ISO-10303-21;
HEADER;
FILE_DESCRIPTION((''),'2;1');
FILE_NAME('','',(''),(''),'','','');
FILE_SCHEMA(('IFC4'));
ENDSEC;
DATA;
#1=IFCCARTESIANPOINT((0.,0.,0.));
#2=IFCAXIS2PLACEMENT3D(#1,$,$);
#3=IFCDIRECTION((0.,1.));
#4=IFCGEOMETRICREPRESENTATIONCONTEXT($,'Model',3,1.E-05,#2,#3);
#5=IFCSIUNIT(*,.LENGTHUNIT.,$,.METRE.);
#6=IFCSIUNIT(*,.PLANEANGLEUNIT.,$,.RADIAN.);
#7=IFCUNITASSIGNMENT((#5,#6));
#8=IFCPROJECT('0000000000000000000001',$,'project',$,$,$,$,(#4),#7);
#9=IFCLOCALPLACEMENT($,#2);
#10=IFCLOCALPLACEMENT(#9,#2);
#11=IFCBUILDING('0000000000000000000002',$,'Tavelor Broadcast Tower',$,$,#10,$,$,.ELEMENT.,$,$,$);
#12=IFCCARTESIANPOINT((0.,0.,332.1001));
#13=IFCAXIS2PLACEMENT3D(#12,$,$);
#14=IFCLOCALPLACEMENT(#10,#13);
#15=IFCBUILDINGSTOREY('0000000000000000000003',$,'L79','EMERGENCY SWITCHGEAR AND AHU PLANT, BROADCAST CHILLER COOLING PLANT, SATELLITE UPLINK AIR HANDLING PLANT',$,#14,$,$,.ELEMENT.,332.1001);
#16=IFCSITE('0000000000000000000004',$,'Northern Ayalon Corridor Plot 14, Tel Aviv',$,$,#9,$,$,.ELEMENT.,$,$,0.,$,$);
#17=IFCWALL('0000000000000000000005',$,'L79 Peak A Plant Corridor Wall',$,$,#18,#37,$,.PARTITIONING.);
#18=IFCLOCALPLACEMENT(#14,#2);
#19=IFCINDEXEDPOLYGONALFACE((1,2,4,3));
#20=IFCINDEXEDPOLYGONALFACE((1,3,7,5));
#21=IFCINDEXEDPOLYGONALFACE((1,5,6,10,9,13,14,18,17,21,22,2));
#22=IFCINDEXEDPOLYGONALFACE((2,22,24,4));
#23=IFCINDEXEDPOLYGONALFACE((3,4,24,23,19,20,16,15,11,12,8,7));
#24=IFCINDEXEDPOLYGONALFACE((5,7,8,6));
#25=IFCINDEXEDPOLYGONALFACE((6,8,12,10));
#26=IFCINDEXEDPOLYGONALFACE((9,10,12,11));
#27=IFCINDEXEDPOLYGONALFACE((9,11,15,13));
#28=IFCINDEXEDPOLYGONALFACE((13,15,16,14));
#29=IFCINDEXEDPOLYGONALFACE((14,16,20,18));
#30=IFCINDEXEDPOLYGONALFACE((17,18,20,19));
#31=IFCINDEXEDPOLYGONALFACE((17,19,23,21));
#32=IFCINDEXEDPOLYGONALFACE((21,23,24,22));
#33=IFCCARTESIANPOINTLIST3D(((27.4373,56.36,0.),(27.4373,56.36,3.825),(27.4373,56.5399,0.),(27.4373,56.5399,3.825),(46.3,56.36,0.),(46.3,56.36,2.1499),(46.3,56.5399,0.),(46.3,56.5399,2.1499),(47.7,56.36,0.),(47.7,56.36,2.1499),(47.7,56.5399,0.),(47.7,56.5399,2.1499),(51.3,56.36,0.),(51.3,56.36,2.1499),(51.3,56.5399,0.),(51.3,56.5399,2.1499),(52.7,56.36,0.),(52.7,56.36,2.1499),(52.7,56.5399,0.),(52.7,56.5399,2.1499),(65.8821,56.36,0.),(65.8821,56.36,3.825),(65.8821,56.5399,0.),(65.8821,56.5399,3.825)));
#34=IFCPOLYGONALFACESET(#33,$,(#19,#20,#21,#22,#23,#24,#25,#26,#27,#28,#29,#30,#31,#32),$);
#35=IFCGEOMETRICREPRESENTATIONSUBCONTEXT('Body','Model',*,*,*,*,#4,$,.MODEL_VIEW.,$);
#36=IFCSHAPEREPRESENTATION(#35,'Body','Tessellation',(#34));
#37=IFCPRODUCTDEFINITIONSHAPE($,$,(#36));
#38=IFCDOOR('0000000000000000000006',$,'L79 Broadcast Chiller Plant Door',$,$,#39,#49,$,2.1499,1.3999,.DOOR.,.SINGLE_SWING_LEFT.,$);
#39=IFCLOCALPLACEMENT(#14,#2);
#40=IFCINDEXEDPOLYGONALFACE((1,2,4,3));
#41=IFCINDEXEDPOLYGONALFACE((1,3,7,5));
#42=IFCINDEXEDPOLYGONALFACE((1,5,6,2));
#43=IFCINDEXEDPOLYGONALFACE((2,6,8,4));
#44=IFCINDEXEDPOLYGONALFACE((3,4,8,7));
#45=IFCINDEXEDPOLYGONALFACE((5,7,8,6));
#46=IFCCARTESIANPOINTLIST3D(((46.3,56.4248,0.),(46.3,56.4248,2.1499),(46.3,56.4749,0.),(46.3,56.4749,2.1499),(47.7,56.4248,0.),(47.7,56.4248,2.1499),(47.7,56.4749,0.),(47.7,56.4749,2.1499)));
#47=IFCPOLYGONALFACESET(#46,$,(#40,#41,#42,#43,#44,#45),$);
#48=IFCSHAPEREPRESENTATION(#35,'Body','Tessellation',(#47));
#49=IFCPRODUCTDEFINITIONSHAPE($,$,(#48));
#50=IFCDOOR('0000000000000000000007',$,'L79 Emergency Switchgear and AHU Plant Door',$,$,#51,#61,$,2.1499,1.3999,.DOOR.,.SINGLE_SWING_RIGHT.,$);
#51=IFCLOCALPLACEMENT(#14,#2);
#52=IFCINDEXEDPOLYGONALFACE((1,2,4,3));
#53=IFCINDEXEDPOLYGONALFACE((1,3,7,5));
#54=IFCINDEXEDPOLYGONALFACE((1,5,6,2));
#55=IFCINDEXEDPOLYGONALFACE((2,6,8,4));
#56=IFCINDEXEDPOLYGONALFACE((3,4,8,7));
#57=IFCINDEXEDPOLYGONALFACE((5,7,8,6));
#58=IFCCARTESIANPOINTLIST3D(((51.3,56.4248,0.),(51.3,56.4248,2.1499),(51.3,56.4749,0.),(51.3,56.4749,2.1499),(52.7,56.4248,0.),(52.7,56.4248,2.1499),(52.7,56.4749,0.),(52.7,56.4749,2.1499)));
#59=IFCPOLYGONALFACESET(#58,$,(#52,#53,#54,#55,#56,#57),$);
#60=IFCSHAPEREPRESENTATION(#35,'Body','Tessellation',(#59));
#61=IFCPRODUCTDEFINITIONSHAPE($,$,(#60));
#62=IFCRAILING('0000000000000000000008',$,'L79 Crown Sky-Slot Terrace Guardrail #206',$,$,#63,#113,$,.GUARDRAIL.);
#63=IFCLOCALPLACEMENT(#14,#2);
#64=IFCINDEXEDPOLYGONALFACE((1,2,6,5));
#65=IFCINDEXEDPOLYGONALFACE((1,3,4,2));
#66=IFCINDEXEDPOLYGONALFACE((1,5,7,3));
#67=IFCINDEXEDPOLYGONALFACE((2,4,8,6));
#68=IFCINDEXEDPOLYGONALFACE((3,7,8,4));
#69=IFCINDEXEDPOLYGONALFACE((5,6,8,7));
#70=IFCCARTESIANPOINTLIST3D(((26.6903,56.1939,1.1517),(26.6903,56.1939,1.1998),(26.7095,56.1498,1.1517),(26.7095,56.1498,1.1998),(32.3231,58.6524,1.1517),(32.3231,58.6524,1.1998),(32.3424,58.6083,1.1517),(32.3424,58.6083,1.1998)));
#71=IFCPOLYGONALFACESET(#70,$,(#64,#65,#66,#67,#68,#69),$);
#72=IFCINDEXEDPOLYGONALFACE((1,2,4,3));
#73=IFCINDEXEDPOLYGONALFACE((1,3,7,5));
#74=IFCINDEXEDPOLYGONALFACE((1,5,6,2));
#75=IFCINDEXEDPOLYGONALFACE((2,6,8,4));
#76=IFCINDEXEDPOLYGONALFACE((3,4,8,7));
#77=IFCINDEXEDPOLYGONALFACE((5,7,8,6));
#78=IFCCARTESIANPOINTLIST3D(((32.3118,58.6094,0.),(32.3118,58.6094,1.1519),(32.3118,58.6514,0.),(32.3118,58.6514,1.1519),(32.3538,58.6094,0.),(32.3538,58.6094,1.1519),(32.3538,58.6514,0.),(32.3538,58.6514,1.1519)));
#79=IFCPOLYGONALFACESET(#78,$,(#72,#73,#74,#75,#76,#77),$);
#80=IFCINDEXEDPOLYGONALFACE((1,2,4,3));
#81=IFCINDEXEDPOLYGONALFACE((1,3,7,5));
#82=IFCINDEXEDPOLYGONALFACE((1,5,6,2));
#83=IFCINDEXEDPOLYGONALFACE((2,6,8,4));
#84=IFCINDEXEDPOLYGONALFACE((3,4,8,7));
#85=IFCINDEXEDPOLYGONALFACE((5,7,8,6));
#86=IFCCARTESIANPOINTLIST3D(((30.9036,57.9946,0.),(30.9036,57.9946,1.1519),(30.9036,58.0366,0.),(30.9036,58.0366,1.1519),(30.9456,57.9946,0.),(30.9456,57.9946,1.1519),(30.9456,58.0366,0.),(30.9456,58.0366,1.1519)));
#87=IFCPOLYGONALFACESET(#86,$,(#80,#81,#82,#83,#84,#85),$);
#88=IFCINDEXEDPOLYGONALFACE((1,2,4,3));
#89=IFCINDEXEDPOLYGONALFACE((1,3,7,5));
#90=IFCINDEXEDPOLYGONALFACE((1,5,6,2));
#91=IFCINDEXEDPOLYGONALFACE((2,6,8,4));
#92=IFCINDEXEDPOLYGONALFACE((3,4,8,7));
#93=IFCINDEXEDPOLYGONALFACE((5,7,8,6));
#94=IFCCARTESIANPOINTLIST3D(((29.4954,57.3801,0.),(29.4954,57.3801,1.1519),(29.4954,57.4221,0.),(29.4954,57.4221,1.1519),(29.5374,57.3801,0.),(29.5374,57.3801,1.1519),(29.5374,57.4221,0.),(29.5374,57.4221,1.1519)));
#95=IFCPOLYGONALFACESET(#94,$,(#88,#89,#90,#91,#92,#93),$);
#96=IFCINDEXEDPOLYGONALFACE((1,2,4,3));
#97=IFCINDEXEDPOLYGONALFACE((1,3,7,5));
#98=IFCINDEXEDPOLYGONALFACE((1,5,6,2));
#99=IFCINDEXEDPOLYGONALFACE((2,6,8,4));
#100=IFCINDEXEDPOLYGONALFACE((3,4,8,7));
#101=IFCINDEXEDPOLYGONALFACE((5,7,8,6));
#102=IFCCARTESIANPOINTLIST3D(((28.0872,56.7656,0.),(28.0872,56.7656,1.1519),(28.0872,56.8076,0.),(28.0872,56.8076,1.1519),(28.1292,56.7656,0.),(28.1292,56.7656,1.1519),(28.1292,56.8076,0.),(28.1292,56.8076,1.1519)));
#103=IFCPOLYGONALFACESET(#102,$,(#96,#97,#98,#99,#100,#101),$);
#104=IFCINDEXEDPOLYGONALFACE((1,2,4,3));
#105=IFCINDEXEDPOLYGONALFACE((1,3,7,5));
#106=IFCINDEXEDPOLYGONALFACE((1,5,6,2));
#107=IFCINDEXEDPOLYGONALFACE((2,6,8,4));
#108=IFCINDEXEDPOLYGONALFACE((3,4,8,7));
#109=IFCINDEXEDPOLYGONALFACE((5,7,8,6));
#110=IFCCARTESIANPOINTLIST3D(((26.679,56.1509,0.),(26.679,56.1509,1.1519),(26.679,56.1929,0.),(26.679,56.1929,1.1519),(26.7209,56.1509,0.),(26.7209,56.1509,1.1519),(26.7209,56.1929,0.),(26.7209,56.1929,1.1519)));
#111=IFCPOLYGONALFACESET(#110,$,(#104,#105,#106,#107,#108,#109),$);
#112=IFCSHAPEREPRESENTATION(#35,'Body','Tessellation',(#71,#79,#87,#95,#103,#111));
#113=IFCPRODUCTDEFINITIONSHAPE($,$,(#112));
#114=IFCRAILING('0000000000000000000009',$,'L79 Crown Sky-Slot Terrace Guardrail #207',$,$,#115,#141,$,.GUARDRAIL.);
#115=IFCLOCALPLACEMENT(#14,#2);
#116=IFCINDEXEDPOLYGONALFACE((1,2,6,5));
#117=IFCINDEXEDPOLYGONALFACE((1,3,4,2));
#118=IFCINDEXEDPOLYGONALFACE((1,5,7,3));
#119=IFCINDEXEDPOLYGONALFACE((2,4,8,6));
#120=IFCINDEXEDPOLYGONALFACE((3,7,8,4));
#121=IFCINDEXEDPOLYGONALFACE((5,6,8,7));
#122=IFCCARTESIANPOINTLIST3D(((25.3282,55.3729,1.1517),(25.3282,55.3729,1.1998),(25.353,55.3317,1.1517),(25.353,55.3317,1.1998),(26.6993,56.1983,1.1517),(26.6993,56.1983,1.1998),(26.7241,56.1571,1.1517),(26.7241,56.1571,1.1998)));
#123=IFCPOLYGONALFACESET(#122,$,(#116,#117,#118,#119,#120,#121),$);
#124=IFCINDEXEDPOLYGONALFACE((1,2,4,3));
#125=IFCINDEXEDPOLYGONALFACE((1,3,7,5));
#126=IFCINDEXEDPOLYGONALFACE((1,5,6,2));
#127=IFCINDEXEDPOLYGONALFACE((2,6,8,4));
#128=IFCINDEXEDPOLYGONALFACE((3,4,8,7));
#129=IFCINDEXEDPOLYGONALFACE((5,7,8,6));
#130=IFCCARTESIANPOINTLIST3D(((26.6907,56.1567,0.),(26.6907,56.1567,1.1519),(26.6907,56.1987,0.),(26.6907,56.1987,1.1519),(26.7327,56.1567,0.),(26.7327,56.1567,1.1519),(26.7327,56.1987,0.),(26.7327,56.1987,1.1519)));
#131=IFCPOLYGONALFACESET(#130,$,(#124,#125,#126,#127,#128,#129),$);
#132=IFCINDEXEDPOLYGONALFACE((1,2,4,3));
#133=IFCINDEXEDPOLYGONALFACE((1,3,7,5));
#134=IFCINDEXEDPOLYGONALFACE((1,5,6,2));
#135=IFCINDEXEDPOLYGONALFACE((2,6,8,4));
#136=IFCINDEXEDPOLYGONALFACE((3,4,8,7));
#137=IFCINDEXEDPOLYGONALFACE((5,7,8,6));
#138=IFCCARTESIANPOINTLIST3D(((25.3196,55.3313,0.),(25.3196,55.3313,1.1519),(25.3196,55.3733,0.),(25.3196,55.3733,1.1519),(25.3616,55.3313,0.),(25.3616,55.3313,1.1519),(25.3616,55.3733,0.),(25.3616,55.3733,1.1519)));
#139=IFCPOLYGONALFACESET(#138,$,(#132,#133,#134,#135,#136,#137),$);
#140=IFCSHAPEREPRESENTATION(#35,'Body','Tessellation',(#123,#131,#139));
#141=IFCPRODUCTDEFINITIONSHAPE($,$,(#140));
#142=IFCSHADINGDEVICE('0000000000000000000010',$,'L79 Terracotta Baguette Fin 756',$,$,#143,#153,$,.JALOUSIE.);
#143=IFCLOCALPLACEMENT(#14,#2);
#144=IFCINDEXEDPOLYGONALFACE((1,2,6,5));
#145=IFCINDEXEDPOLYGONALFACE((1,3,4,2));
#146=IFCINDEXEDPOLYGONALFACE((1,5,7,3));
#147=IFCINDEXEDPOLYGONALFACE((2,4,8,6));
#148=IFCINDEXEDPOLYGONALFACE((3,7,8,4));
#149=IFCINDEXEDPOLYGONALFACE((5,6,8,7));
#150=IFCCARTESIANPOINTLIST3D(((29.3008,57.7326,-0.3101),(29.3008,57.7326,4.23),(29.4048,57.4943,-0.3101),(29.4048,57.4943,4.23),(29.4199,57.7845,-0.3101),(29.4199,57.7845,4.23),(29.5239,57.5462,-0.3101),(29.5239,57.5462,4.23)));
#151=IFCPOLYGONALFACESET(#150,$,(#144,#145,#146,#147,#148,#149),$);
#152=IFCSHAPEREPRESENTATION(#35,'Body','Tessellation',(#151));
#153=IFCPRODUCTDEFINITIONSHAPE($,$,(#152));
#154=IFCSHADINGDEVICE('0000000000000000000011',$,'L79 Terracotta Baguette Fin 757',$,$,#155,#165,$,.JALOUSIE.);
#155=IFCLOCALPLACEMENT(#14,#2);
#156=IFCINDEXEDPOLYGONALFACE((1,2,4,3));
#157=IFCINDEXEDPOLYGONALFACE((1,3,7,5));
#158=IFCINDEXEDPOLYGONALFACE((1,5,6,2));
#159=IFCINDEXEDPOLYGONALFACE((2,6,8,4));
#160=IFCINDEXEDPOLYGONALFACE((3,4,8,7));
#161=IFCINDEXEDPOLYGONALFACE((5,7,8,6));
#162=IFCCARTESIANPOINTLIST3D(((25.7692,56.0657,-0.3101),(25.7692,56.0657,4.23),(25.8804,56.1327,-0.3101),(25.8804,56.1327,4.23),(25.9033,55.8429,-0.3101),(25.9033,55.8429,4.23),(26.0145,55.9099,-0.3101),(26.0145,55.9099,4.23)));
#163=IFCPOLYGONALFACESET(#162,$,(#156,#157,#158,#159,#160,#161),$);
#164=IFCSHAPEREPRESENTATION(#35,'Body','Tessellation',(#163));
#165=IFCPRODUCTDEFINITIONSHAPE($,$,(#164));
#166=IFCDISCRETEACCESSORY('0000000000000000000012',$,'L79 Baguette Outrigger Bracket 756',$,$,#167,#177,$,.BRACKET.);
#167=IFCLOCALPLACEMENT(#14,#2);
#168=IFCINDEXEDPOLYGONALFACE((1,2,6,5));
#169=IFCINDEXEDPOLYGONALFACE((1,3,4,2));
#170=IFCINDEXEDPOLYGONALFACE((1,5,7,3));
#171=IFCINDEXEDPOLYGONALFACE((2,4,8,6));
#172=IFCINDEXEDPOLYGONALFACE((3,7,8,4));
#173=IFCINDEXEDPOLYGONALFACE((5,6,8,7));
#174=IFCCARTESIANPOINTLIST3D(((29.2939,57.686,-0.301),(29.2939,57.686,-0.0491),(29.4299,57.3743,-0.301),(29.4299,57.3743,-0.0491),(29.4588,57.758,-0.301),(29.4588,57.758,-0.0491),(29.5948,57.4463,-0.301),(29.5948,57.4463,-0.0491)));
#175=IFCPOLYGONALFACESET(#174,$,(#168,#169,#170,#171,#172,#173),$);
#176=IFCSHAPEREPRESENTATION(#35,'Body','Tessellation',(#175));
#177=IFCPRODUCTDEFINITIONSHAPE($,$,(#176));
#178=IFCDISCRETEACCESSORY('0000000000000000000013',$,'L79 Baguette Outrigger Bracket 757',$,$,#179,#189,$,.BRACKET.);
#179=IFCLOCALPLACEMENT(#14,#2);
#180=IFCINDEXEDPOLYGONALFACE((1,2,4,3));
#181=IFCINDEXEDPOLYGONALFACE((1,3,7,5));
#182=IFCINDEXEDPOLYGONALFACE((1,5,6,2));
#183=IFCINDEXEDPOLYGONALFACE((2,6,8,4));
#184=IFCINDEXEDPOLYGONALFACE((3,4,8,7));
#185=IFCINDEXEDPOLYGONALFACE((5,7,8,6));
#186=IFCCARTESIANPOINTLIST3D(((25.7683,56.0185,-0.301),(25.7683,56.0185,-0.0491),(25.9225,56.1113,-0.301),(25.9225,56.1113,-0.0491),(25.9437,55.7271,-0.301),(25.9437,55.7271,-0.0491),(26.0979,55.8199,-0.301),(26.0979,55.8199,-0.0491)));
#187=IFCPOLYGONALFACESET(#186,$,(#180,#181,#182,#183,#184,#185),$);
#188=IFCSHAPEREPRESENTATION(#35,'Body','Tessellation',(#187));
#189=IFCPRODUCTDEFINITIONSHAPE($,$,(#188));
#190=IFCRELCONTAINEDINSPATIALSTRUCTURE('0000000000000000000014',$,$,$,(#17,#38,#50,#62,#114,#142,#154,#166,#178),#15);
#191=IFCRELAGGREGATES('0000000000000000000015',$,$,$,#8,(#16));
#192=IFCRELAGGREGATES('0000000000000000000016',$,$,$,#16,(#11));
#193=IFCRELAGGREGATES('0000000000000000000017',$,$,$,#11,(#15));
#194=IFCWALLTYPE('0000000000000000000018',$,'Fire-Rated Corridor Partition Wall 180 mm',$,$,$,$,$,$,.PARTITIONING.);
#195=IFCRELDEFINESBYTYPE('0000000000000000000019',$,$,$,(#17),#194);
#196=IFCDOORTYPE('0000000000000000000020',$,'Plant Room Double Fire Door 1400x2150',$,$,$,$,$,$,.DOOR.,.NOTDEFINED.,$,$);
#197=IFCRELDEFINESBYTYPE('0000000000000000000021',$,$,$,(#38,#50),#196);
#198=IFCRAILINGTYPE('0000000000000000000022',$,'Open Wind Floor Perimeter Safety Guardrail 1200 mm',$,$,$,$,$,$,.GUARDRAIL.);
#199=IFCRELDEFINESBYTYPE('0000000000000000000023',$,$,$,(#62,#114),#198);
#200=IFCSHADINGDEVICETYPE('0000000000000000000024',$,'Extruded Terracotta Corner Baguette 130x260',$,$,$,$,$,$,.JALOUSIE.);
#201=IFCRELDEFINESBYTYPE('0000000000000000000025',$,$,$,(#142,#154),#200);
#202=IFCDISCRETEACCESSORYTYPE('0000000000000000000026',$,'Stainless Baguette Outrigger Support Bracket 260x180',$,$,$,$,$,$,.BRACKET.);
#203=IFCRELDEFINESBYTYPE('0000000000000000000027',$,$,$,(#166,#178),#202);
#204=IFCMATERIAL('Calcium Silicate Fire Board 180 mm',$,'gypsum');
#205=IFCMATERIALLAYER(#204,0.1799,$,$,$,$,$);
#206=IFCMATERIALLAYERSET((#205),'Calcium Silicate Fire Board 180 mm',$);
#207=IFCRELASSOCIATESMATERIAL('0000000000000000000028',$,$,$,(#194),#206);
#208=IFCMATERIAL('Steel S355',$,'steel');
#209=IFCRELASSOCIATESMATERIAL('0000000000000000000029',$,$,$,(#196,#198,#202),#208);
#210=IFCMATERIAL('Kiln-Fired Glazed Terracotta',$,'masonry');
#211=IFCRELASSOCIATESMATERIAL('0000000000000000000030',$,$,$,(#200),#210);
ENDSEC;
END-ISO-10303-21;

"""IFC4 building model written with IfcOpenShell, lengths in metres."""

from ifc_helpers import new_model, si_unit, direction, frame, frame_2d, origin, origin_2d, place, context, subcontext, project, spatial, rectangle, extrude, source, transform, mapped, material, layer, layer_set, type_object, type_shapes, element, fill, save


model = new_model("IFC4")

# Units and contexts
model_context = context("Model", 3, precision=1e-05, world=origin(), true_north=direction((0.0, 1.0)))
body_context = subcontext(model_context, "Body", "Model", "MODEL_VIEW")
ifc_project = project(units=[si_unit("LENGTHUNIT", "METRE"), si_unit("PLANEANGLEUNIT", "RADIAN")], contexts=[model_context])

# Site, building, storey
site_placement = place(None, origin())
site = spatial("IfcSite", under=ifc_project, at=site_placement, Name="Northern Ayalon Corridor Plot 14, Tel Aviv", CompositionType="ELEMENT", RefElevation=0.0)
building_placement = place(site_placement, origin())
building = spatial("IfcBuilding", under=site, at=building_placement, Name="Tavelor Broadcast Tower", CompositionType="ELEMENT")
storey_placement = place(building_placement, frame((0.0, 0.0, 332.1001)))
storey = spatial("IfcBuildingStorey", under=building, at=storey_placement, Name="L79", Description="EMERGENCY SWITCHGEAR AND AHU PLANT, BROADCAST CHILLER COOLING PLANT, SATELLITE UPLINK AIR HANDLING PLANT", CompositionType="ELEMENT", Elevation=332.1001)

# Wall, openings, doors
ifc_material_1 = material(Name="Calcium Silicate Fire Board 180 mm", Category="gypsum")
ifc_layer_1 = layer(ifc_material_1, 0.1799)
ifc_layer_set_1 = layer_set([ifc_layer_1], Name="Calcium Silicate Fire Board 180 mm")
wall_type = type_object("IfcWallType", Name="Fire-Rated Corridor Partition Wall 180 mm", PredefinedType="PARTITIONING", material=ifc_layer_set_1)
wall_placement = place(storey_placement, frame((27.4373, 56.45, 0.0), z_axis=(0.0, 0.0, 1.0), x_axis=(1.0, 0.0, 0.0)))
wall = element("IfcWall", 1, at=wall_placement, inside=storey, type_object=wall_type, Name="L79 Peak A Plant Corridor Wall", PredefinedType="PARTITIONING", context=body_context, shape_type="SweptSolid", body=[
    extrude(rectangle(XDim=38.4448, YDim=0.1799, at=frame_2d((19.2224, 0.0))), origin(), (0.0, 0.0, 1.0), 3.825),
])
opening_1_placement = place(wall_placement, frame((18.8628, 0.0, 0.0)))
opening_1 = element("IfcOpeningElement", 2, at=opening_1_placement, cuts=wall, PredefinedType="OPENING", context=body_context, shape_type="SweptSolid", body=[
    extrude(rectangle(XDim=1.3999, YDim=2.1499, at=frame_2d((0.7, 1.075))), frame((0.0, 0.1001, 0.0), z_axis=(0.0, -1.0, 0.0), x_axis=(1.0, 0.0, 0.0)), (0.0, 0.0, 1.0), 0.2),
])
opening_2_placement = place(wall_placement, frame((23.8628, 0.0, 0.0)))
opening_2 = element("IfcOpeningElement", 3, at=opening_2_placement, cuts=wall, PredefinedType="OPENING", context=body_context, shape_type="SweptSolid", body=[
    extrude(rectangle(XDim=1.3999, YDim=2.1499, at=frame_2d((0.7, 1.075))), frame((0.0, 0.1001, 0.0), z_axis=(0.0, -1.0, 0.0), x_axis=(1.0, 0.0, 0.0)), (0.0, 0.0, 1.0), 0.2),
])
ifc_material_2 = material(Name="Steel S355", Category="steel")
door_type = type_object("IfcDoorType", Name="Plant Room Double Fire Door 1400x2150", OperationType="NOTDEFINED", PredefinedType="DOOR", material=ifc_material_2)
door_1_placement = place(opening_1_placement, origin())
door_1 = element("IfcDoor", 4, at=door_1_placement, inside=storey, type_object=door_type, Name="L79 Broadcast Chiller Plant Door", OperationType="SINGLE_SWING_LEFT", OverallHeight=2.1499, OverallWidth=1.3999, PredefinedType="DOOR", context=body_context, shape_type="SweptSolid", body=[
    extrude(rectangle(XDim=1.3999, YDim=2.1499, at=frame_2d((0.7, 1.075))), frame((0.0, 0.0249, 0.0), z_axis=(0.0, -1.0, 0.0), x_axis=(1.0, 0.0, 0.0)), (0.0, 0.0, 1.0), 0.05),
])
fill(opening_1, door_1)
door_2_placement = place(opening_2_placement, origin())
door_2 = element("IfcDoor", 5, at=door_2_placement, inside=storey, type_object=door_type, Name="L79 Emergency Switchgear and AHU Plant Door", OperationType="SINGLE_SWING_RIGHT", OverallHeight=2.1499, OverallWidth=1.3999, PredefinedType="DOOR", context=body_context, shape_type="SweptSolid", body=[
    extrude(rectangle(XDim=1.3999, YDim=2.1499, at=frame_2d((0.7, 1.075))), frame((0.0, 0.0249, 0.0), z_axis=(0.0, -1.0, 0.0), x_axis=(1.0, 0.0, 0.0)), (0.0, 0.0, 1.0), 0.05),
])
fill(opening_2, door_2)

# Railings
railing_type = type_object("IfcRailingType", Name="Open Wind Floor Perimeter Safety Guardrail 1200 mm", PredefinedType="GUARDRAIL", material=ifc_material_2)
railing_1_placement = place(storey_placement, frame((32.3328, 58.6304, 0.0)))
element("IfcRailing", 6, at=railing_1_placement, inside=storey, type_object=railing_type, Name="L79 Crown Sky-Slot Terrace Guardrail #206", PredefinedType="GUARDRAIL", context=body_context, shape_type="SweptSolid", body=[
    extrude(rectangle(XDim=0.0481, YDim=0.0481, at=origin_2d()), frame((0.0, 0.0, 1.1758), z_axis=(-0.916507, -0.400018, 0.0), x_axis=(0.400018, -0.916507, 0.0)), (0.0, 0.0, 1.0), 6.146),
    extrude(rectangle(XDim=0.042, YDim=0.042, at=origin_2d()), origin(), (0.0, 0.0, 1.0), 1.1519),
    extrude(rectangle(XDim=0.042, YDim=0.042, at=origin_2d()), frame((-1.4082, -0.6147, 0.0)), (0.0, 0.0, 1.0), 1.1519),
    extrude(rectangle(XDim=0.042, YDim=0.042, at=origin_2d()), frame((-2.8164, -1.2292, 0.0)), (0.0, 0.0, 1.0), 1.1519),
    extrude(rectangle(XDim=0.042, YDim=0.042, at=origin_2d()), frame((-4.2246, -1.8438, 0.0)), (0.0, 0.0, 1.0), 1.1519),
    extrude(rectangle(XDim=0.042, YDim=0.042, at=origin_2d()), frame((-5.6328, -2.4585, 0.0)), (0.0, 0.0, 1.0), 1.1519),
])
railing_2_placement = place(storey_placement, frame((26.7117, 56.1777, 0.0)))
element("IfcRailing", 7, at=railing_2_placement, inside=storey, type_object=railing_type, Name="L79 Crown Sky-Slot Terrace Guardrail #207", PredefinedType="GUARDRAIL", context=body_context, shape_type="SweptSolid", body=[
    extrude(rectangle(XDim=0.0481, YDim=0.0481, at=origin_2d()), frame((0.0, 0.0, 1.1758), z_axis=(-0.856725, -0.515774, 0.0), x_axis=(0.515774, -0.856725, 0.0)), (0.0, 0.0, 1.0), 1.6003),
    extrude(rectangle(XDim=0.042, YDim=0.042, at=origin_2d()), origin(), (0.0, 0.0, 1.0), 1.1519),
    extrude(rectangle(XDim=0.042, YDim=0.042, at=origin_2d()), frame((-1.3711, -0.8254, 0.0)), (0.0, 0.0, 1.0), 1.1519),
])

# Shading devices
ifc_material_3 = material(Name="Kiln-Fired Glazed Terracotta", Category="masonry")
shading_device_type = type_object("IfcShadingDeviceType", Name="Extruded Terracotta Corner Baguette 130x260", PredefinedType="JALOUSIE", material=ifc_material_3)
shared_shape_1 = source(origin(), body_context, "Body", "SweptSolid", [
    extrude(rectangle(XDim=0.1299, YDim=0.26, at=origin_2d()), origin(), (0.0, 0.0, 1.0), 4.54),
])
type_shapes(shading_device_type, [shared_shape_1])
for number, where, z_axis, x_axis, name in (
    (8, (29.4124, 57.6394, -0.3101), (0.0, 0.0, 1.0), (-0.916502, -0.400029, 0.0), "L79 Terracotta Baguette Fin 756"),
    (9, (25.8918, 55.9878, -0.3101), (0.0, 0.0, 1.0), (-0.856718, -0.515786, 0.0), "L79 Terracotta Baguette Fin 757"),
):
    element("IfcShadingDevice", number, at=place(storey_placement, frame(where, z_axis=z_axis, x_axis=x_axis)), inside=storey, type_object=shading_device_type, Name=name, PredefinedType="JALOUSIE", context=body_context, shape_type="MappedRepresentation", body=[
        mapped(shared_shape_1, transform((0.0, 0.0, 0.0), scale=1.0)),
    ])

# Discrete accessories
discrete_accessory_type = type_object("IfcDiscreteAccessoryType", Name="Stainless Baguette Outrigger Support Bracket 260x180", PredefinedType="BRACKET", material=ifc_material_2)
shared_shape_2 = source(origin(), body_context, "Body", "SweptSolid", [
    extrude(rectangle(XDim=0.1799, YDim=0.3401, at=origin_2d()), origin(), (0.0, 0.0, 1.0), 0.252),
])
type_shapes(discrete_accessory_type, [shared_shape_2])
for number, where, z_axis, x_axis, name in (
    (10, (29.4443, 57.5662, -0.301), (0.0, 0.0, 1.0), (-0.916502, -0.400029, 0.0), "L79 Baguette Outrigger Bracket 756"),
    (11, (25.9331, 55.9192, -0.301), (0.0, 0.0, 1.0), (-0.856718, -0.515786, 0.0), "L79 Baguette Outrigger Bracket 757"),
):
    element("IfcDiscreteAccessory", number, at=place(storey_placement, frame(where, z_axis=z_axis, x_axis=x_axis)), inside=storey, type_object=discrete_accessory_type, Name=name, PredefinedType="BRACKET", context=body_context, shape_type="MappedRepresentation", body=[
        mapped(shared_shape_2, transform((0.0, 0.0, 0.0), scale=1.0)),
    ])

save(model, "model.ifc")
